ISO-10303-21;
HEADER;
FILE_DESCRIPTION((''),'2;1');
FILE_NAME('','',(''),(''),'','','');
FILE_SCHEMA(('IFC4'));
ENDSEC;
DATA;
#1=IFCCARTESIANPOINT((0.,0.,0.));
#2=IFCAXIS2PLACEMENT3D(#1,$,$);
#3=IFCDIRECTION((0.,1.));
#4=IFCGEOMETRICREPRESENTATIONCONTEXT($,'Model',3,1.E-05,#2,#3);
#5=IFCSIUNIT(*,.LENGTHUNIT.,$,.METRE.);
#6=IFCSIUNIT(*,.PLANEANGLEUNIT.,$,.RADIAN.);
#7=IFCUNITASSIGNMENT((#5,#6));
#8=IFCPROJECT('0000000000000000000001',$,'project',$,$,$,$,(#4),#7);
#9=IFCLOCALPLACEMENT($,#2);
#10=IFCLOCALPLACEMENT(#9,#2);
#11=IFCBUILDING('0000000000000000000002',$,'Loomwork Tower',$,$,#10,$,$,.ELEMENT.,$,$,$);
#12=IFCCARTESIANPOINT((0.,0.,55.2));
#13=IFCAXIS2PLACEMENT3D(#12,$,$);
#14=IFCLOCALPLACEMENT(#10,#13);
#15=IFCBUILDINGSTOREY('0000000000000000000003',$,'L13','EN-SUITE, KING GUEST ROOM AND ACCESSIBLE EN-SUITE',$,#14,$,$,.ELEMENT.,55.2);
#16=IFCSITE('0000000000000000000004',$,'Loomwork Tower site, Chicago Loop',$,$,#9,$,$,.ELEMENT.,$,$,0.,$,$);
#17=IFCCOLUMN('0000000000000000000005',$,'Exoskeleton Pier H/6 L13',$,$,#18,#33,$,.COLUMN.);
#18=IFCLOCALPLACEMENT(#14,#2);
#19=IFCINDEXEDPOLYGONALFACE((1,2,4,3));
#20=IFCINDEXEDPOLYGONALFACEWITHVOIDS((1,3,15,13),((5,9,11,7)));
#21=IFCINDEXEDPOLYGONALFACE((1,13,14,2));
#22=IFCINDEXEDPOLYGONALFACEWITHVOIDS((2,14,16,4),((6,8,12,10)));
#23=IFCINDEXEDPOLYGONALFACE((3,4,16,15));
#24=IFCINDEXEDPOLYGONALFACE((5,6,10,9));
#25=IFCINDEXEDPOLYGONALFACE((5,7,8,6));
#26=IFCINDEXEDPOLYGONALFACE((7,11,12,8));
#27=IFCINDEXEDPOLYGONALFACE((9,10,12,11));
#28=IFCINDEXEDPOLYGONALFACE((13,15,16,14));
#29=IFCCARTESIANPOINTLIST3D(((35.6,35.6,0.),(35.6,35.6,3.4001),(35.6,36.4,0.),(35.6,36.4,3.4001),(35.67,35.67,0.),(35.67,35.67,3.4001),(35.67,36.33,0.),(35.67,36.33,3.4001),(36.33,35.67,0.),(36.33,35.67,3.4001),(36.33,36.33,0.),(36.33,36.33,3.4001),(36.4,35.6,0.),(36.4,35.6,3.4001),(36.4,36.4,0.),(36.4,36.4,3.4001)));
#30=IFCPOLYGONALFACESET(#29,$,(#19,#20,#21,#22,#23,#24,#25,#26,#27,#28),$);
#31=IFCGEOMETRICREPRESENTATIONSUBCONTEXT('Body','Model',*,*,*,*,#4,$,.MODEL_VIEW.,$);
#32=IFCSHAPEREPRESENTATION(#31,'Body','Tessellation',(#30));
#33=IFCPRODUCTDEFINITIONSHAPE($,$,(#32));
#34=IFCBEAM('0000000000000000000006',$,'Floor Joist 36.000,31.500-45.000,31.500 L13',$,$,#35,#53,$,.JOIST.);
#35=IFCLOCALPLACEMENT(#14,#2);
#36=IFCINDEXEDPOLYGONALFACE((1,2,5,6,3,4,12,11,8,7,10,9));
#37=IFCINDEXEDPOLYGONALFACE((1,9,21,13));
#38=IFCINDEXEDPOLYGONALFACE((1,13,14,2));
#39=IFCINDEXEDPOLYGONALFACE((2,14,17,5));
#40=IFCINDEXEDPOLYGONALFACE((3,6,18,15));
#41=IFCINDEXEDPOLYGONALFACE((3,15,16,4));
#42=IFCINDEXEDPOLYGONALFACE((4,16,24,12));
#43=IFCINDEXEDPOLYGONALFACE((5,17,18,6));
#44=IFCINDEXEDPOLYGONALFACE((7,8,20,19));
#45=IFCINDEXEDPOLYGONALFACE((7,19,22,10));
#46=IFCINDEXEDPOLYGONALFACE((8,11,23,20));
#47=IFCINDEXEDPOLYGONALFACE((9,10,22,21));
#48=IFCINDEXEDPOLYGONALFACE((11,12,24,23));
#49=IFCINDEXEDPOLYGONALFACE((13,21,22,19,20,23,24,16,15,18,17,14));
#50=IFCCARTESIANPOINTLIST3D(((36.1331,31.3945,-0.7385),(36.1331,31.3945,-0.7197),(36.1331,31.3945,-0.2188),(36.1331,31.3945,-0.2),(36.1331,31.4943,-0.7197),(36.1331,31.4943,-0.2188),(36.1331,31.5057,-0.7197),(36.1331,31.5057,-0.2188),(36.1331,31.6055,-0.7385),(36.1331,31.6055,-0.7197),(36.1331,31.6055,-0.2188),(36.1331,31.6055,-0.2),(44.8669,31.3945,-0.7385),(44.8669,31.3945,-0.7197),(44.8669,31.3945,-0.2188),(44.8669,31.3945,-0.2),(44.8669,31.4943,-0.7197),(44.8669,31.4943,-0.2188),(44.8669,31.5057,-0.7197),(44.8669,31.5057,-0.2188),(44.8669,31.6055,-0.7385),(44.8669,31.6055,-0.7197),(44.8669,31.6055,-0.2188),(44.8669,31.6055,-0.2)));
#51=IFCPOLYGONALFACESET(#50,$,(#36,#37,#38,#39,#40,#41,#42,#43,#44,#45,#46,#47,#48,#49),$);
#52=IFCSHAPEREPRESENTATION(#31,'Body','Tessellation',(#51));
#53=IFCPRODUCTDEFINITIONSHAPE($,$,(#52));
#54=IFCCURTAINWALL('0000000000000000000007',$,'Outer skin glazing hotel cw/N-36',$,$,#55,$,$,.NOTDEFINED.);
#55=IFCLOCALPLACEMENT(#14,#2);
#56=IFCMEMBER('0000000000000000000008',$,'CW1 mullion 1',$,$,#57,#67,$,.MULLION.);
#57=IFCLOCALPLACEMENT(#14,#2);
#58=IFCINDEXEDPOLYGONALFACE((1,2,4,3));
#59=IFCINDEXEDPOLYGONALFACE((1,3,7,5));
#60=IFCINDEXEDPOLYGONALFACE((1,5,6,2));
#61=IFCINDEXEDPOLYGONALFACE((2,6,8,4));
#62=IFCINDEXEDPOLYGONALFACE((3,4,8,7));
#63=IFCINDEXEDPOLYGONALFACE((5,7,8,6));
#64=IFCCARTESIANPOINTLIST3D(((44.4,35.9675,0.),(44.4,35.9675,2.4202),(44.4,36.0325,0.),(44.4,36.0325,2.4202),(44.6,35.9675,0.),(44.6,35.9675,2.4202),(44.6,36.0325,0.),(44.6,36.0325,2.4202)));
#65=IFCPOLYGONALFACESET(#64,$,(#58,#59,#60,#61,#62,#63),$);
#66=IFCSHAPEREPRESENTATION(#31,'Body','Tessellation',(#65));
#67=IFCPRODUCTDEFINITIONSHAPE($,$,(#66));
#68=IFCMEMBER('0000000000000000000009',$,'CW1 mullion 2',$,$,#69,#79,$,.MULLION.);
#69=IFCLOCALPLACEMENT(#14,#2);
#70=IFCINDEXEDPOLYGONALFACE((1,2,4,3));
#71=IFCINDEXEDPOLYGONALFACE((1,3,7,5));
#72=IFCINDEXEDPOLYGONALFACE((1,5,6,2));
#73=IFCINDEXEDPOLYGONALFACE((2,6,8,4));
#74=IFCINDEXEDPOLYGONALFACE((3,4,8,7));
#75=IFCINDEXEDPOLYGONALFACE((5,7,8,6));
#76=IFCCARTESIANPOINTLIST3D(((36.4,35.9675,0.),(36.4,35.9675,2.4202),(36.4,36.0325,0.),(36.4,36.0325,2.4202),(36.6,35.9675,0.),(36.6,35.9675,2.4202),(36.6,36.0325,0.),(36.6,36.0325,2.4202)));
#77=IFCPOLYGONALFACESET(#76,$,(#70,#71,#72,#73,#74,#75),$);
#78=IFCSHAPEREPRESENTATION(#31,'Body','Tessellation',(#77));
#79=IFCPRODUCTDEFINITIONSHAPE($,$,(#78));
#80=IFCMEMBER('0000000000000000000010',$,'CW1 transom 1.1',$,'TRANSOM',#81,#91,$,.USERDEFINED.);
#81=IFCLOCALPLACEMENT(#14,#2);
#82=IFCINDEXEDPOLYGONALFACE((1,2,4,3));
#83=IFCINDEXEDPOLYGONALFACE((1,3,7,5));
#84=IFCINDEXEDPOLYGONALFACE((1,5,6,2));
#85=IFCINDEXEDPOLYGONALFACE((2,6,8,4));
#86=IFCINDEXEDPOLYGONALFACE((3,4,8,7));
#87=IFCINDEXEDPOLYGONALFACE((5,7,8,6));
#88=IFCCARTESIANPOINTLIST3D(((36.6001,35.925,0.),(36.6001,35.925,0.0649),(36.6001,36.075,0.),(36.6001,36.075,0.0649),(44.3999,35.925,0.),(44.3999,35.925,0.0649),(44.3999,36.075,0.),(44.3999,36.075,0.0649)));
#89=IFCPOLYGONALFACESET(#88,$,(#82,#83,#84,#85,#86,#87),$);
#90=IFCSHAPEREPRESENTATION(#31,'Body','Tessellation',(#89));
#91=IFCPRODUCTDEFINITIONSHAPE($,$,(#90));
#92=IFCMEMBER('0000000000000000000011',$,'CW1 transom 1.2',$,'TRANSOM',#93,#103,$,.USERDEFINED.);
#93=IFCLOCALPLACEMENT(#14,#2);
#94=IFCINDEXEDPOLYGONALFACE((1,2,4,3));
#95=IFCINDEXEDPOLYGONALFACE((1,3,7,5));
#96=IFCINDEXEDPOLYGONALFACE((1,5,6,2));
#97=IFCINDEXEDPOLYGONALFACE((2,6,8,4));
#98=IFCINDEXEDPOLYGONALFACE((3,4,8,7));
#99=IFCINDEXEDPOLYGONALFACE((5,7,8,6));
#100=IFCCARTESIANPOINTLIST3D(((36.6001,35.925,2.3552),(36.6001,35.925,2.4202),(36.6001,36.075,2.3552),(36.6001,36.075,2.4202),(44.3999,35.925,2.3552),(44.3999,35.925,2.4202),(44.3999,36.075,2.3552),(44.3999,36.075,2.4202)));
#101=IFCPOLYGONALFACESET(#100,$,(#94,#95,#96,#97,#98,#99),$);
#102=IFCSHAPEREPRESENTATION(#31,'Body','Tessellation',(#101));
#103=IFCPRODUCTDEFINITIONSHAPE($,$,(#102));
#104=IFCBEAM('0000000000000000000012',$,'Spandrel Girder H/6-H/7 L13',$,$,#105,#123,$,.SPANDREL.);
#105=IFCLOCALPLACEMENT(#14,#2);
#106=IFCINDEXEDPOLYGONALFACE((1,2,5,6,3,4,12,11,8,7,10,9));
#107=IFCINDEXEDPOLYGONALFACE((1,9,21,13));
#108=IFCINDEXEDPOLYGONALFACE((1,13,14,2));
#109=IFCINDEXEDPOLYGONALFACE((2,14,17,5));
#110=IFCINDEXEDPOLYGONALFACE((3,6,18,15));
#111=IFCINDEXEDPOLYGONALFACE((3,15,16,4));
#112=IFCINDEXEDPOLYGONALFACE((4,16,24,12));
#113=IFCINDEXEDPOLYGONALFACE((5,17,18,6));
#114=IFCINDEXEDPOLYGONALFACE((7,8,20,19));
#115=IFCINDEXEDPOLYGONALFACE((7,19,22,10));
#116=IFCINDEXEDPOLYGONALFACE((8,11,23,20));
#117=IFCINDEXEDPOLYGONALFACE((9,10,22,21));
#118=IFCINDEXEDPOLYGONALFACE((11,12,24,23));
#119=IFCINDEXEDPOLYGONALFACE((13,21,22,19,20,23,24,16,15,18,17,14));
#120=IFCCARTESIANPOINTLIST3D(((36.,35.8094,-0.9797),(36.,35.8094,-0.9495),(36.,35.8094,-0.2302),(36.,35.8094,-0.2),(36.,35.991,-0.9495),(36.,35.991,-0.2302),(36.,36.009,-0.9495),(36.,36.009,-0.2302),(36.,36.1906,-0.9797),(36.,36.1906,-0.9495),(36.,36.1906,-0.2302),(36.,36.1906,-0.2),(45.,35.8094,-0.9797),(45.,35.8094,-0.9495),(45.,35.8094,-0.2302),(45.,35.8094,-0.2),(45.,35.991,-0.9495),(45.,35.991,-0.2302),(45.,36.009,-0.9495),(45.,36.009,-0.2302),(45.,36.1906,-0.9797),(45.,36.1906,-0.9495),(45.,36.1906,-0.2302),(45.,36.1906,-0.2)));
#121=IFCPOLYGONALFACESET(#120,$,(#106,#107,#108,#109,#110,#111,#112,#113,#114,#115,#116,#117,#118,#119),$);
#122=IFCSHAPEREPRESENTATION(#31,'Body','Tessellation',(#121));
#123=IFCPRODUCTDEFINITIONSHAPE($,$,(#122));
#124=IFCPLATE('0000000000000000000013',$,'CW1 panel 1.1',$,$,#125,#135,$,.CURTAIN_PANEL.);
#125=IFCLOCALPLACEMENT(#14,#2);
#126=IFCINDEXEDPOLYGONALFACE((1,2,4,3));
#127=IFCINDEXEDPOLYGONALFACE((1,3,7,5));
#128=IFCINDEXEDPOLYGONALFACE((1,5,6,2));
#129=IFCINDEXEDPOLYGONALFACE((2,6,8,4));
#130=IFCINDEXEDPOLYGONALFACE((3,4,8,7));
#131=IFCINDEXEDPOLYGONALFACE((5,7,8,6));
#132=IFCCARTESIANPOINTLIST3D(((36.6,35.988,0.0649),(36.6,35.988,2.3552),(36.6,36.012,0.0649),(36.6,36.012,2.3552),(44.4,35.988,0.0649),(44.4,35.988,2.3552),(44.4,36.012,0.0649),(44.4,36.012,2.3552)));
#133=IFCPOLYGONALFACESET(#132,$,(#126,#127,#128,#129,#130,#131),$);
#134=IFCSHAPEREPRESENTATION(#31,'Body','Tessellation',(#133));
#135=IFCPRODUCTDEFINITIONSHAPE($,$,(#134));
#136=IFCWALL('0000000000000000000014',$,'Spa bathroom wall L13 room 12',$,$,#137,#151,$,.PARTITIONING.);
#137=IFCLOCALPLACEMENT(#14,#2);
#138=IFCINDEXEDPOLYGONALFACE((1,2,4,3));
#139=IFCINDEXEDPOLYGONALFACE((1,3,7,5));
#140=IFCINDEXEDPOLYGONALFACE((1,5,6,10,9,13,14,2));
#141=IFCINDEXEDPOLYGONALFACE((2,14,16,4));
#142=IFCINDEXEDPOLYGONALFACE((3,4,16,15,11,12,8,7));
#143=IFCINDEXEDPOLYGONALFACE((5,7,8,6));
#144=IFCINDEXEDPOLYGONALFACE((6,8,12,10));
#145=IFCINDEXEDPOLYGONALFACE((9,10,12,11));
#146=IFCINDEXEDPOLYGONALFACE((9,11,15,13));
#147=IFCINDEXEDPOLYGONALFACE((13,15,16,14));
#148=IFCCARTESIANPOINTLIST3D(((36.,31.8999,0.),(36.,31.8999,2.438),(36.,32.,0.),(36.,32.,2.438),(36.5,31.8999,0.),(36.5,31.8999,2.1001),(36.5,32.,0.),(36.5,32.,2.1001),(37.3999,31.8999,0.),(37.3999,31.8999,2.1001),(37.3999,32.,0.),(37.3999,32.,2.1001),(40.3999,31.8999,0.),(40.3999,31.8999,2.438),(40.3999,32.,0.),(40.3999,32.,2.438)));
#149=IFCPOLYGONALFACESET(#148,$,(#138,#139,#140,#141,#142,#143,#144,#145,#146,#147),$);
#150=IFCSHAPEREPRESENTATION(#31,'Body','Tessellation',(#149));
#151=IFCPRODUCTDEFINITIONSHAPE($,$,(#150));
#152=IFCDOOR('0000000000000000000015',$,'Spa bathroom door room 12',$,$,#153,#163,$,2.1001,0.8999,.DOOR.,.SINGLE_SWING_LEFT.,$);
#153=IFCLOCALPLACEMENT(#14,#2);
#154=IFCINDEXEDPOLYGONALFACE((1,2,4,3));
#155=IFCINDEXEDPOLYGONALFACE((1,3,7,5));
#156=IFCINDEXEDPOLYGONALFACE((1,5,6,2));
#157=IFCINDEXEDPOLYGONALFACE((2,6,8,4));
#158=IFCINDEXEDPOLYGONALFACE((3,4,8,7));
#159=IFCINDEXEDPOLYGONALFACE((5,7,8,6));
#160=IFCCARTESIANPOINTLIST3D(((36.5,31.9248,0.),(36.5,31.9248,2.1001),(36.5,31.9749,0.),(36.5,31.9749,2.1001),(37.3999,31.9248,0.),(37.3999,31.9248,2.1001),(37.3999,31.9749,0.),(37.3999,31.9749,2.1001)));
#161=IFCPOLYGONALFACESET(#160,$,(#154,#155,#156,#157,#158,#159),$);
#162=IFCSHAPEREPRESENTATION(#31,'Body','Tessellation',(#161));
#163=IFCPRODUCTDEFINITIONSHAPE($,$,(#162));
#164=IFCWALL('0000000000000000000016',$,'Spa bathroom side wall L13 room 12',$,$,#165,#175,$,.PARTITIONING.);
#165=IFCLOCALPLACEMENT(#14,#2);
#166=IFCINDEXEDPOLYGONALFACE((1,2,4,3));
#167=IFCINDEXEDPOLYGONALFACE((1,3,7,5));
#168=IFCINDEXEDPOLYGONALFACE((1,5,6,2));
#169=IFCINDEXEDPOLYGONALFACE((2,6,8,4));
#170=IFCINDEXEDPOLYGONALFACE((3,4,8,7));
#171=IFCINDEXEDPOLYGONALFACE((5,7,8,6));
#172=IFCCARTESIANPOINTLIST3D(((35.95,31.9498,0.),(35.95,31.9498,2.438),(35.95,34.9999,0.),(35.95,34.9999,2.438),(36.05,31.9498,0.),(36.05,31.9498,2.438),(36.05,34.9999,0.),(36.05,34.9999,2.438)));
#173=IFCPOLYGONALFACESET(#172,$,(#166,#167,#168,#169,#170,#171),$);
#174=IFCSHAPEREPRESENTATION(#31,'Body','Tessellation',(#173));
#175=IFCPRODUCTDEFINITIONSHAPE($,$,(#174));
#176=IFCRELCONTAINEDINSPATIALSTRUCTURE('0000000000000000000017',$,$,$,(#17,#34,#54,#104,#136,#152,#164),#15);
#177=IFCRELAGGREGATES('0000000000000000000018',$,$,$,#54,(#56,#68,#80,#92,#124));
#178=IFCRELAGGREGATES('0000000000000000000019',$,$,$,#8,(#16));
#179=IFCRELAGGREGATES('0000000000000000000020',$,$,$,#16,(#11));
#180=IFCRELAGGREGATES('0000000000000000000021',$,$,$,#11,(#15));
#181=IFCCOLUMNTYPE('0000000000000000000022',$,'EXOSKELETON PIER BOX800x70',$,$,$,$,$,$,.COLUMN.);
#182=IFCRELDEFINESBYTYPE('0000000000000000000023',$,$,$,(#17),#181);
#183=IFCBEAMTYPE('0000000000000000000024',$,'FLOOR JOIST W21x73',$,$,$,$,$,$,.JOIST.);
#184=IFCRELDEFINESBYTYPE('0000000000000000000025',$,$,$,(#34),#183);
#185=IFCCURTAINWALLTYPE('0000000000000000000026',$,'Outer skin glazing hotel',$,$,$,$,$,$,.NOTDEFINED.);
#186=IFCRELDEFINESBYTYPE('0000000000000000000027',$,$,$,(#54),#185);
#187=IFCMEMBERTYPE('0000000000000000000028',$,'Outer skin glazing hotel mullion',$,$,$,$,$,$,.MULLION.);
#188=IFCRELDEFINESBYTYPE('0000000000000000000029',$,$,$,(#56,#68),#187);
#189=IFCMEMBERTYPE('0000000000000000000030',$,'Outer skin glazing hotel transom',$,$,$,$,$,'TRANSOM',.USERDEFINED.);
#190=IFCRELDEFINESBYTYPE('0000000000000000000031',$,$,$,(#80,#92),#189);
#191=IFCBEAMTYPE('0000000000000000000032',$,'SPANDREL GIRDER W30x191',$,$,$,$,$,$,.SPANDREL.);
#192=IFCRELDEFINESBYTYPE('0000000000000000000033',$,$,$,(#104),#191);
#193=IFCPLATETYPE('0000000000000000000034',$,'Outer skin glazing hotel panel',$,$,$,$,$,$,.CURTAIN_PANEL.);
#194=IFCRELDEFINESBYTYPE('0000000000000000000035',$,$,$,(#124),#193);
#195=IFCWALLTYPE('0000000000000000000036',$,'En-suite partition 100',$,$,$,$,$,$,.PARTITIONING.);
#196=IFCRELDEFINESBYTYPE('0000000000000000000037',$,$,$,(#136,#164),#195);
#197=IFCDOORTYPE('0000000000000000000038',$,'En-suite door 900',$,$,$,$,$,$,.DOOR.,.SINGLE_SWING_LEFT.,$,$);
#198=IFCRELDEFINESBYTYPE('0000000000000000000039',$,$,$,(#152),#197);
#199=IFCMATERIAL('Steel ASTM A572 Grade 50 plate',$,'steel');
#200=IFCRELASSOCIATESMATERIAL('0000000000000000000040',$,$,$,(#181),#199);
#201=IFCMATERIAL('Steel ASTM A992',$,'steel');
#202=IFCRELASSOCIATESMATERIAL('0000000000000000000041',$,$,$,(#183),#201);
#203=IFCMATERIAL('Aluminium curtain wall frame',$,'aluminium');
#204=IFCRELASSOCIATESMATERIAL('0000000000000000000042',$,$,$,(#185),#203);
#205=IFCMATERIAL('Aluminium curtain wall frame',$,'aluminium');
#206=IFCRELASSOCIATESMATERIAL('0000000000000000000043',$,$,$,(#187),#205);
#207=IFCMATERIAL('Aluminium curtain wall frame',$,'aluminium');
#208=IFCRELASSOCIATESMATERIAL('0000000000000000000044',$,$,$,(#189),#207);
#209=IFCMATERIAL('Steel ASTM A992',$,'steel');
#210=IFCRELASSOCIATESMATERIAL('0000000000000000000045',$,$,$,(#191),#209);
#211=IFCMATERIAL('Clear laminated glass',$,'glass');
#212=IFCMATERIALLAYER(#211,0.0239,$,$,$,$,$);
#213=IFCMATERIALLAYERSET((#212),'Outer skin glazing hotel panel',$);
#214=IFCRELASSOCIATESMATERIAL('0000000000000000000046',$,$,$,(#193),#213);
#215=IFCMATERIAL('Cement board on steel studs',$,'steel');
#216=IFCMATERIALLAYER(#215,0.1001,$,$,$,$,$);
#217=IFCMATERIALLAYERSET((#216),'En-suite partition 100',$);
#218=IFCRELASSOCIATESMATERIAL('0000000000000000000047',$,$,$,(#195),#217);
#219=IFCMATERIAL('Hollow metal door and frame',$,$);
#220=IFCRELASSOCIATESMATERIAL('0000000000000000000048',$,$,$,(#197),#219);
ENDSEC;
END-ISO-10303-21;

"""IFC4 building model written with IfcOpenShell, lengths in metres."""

from ifc_helpers import new_model, si_unit, direction, frame, frame_2d, origin, origin_2d, place, context, subcontext, project, spatial, rectangle, hollow_rectangle, i_section, extrude, material, layer, layer_set, material_profile, profile_set, type_object, element, fill, aggregate, save


model = new_model("IFC4")

# Units and contexts
model_context = context("Model", 3, precision=1e-05, world=origin(), true_north=direction((0.0, 1.0)))
body_context = subcontext(model_context, "Body", "Model", "MODEL_VIEW")
ifc_project = project(units=[si_unit("LENGTHUNIT", "METRE"), si_unit("PLANEANGLEUNIT", "RADIAN")], contexts=[model_context])

# Site, building, storey
site_placement = place(None, origin())
site = spatial("IfcSite", under=ifc_project, at=site_placement, Name="Loomwork Tower site, Chicago Loop", CompositionType="ELEMENT", RefElevation=0.0)
building_placement = place(site_placement, origin())
building = spatial("IfcBuilding", under=site, at=building_placement, Name="Loomwork Tower", CompositionType="ELEMENT")
storey_placement = place(building_placement, frame((0.0, 0.0, 55.2)))
storey = spatial("IfcBuildingStorey", under=building, at=storey_placement, Name="L13", Description="EN-SUITE, KING GUEST ROOM AND ACCESSIBLE EN-SUITE", CompositionType="ELEMENT", Elevation=55.2)

# Column
ifc_material_1 = material(Name="Steel ASTM A572 Grade 50 plate", Category="steel")
ifc_material_profile_1 = material_profile(ifc_material_1, hollow_rectangle(XDim=0.8, YDim=0.8, WallThickness=0.0701, at=origin_2d()), Name="BOX800x70")
ifc_profile_set_1 = profile_set([ifc_material_profile_1], Name="Steel ASTM A572 Grade 50 plate")
column_type = type_object("IfcColumnType", Name="EXOSKELETON PIER BOX800x70", PredefinedType="COLUMN", material=ifc_profile_set_1)
column_placement = place(storey_placement, frame((36.0, 36.0, 0.0), z_axis=(0.0, 0.0, 1.0), x_axis=(1.0, 0.0, 0.0)))
element("IfcColumn", 1, at=column_placement, inside=storey, type_object=column_type, Name="Exoskeleton Pier H/6 L13", PredefinedType="COLUMN", context=body_context, shape_type="SweptSolid", body=[
    extrude(hollow_rectangle(XDim=0.8, YDim=0.8, WallThickness=0.0701, at=origin_2d()), origin(), (0.0, 0.0, 1.0), 3.4001),
])

# Beam
ifc_material_2 = material(Name="Steel ASTM A992", Category="steel")
ifc_material_profile_2 = material_profile(ifc_material_2, i_section(OverallWidth=0.2109, OverallDepth=0.5386, WebThickness=0.0115, FlangeThickness=0.0188, at=origin_2d()), Name="W21x73")
ifc_profile_set_2 = profile_set([ifc_material_profile_2], Name="Steel ASTM A992")
beam_type_1 = type_object("IfcBeamType", Name="FLOOR JOIST W21x73", PredefinedType="JOIST", material=ifc_profile_set_2)
beam_1_placement = place(storey_placement, frame((36.1331, 31.5, -0.4692), z_axis=(1.0, 0.0, 0.0), x_axis=(0.0, 1.0, 0.0)))
element("IfcBeam", 2, at=beam_1_placement, inside=storey, type_object=beam_type_1, Name="Floor Joist 36.000,31.500-45.000,31.500 L13", PredefinedType="JOIST", context=body_context, shape_type="SweptSolid", body=[
    extrude(i_section(OverallWidth=0.2109, OverallDepth=0.5386, WebThickness=0.0115, FlangeThickness=0.0188, at=origin_2d()), origin(), (0.0, 0.0, 1.0), 8.7339),
])

# Curtain wall, members
ifc_material_3 = material(Name="Aluminium curtain wall frame", Category="aluminium")
curtain_wall_type = type_object("IfcCurtainWallType", Name="Outer skin glazing hotel", PredefinedType="NOTDEFINED", material=ifc_material_3)
curtain_wall_placement = place(storey_placement, origin())
curtain_wall = element("IfcCurtainWall", 3, at=curtain_wall_placement, inside=storey, type_object=curtain_wall_type, Name="Outer skin glazing hotel cw/N-36", PredefinedType="NOTDEFINED")
ifc_material_4 = material(Name="Aluminium curtain wall frame", Category="aluminium")
ifc_material_profile_3 = material_profile(ifc_material_4, rectangle(XDim=0.0649, YDim=0.2, at=origin_2d()), Name="AL 65x200")
ifc_profile_set_3 = profile_set([ifc_material_profile_3], Name="Aluminium curtain wall frame")
member_type_1 = type_object("IfcMemberType", Name="Outer skin glazing hotel mullion", PredefinedType="MULLION", material=ifc_profile_set_3)
member_1_placement = place(storey_placement, frame((44.5, 36.0, 0.0), z_axis=(0.0, 0.0, 1.0), x_axis=(0.0, -1.0, 0.0)))
member_1 = element("IfcMember", 4, at=member_1_placement, type_object=member_type_1, Name="CW1 mullion 1", PredefinedType="MULLION", context=body_context, shape_type="SweptSolid", body=[
    extrude(rectangle(XDim=0.0649, YDim=0.2, at=origin_2d()), origin(), (0.0, 0.0, 1.0), 2.4202),
])
member_2_placement = place(storey_placement, frame((36.5, 36.0, 0.0), z_axis=(0.0, 0.0, 1.0), x_axis=(0.0, -1.0, 0.0)))
member_2 = element("IfcMember", 5, at=member_2_placement, type_object=member_type_1, Name="CW1 mullion 2", PredefinedType="MULLION", context=body_context, shape_type="SweptSolid", body=[
    extrude(rectangle(XDim=0.0649, YDim=0.2, at=origin_2d()), origin(), (0.0, 0.0, 1.0), 2.4202),
])
ifc_material_5 = material(Name="Aluminium curtain wall frame", Category="aluminium")
ifc_material_profile_4 = material_profile(ifc_material_5, rectangle(XDim=0.1499, YDim=0.0649, at=origin_2d()), Name="AL 65x150")
ifc_profile_set_4 = profile_set([ifc_material_profile_4], Name="Aluminium curtain wall frame")
member_type_2 = type_object("IfcMemberType", Name="Outer skin glazing hotel transom", ElementType="TRANSOM", PredefinedType="USERDEFINED", material=ifc_profile_set_4)
member_3_placement = place(storey_placement, frame((44.3999, 36.0, 0.0325), z_axis=(-1.0, 0.0, 0.0), x_axis=(0.0, -1.0, 0.0)))
member_3 = element("IfcMember", 6, at=member_3_placement, type_object=member_type_2, Name="CW1 transom 1.1", ObjectType="TRANSOM", PredefinedType="USERDEFINED", context=body_context, shape_type="SweptSolid", body=[
    extrude(rectangle(XDim=0.1499, YDim=0.0649, at=origin_2d()), origin(), (0.0, 0.0, 1.0), 7.7998),
])
member_4_placement = place(storey_placement, frame((44.3999, 36.0, 2.3877), z_axis=(-1.0, 0.0, 0.0), x_axis=(0.0, -1.0, 0.0)))
member_4 = element("IfcMember", 7, at=member_4_placement, type_object=member_type_2, Name="CW1 transom 1.2", ObjectType="TRANSOM", PredefinedType="USERDEFINED", context=body_context, shape_type="SweptSolid", body=[
    extrude(rectangle(XDim=0.1499, YDim=0.0649, at=origin_2d()), origin(), (0.0, 0.0, 1.0), 7.7998),
])

# Beam
ifc_material_6 = material(Name="Steel ASTM A992", Category="steel")
ifc_material_profile_5 = material_profile(ifc_material_6, i_section(OverallWidth=0.3811, OverallDepth=0.7798, WebThickness=0.0181, FlangeThickness=0.0303, at=origin_2d()), Name="W30x191")
ifc_profile_set_5 = profile_set([ifc_material_profile_5], Name="Steel ASTM A992")
beam_type_2 = type_object("IfcBeamType", Name="SPANDREL GIRDER W30x191", PredefinedType="SPANDREL", material=ifc_profile_set_5)
beam_2_placement = place(storey_placement, frame((36.0, 36.0, -0.5898), z_axis=(1.0, 0.0, 0.0), x_axis=(0.0, 1.0, 0.0)))
element("IfcBeam", 8, at=beam_2_placement, inside=storey, type_object=beam_type_2, Name="Spandrel Girder H/6-H/7 L13", PredefinedType="SPANDREL", context=body_context, shape_type="SweptSolid", body=[
    extrude(i_section(OverallWidth=0.3811, OverallDepth=0.7798, WebThickness=0.0181, FlangeThickness=0.0303, at=origin_2d()), origin(), (0.0, 0.0, 1.0), 9.0),
])

# Plate
ifc_material_7 = material(Name="Clear laminated glass", Category="glass")
ifc_layer_1 = layer(ifc_material_7, 0.0239)
ifc_layer_set_1 = layer_set([ifc_layer_1], Name="Outer skin glazing hotel panel")
plate_type = type_object("IfcPlateType", Name="Outer skin glazing hotel panel", PredefinedType="CURTAIN_PANEL", material=ifc_layer_set_1)
plate_placement = place(storey_placement, frame((40.5, 36.0, 0.0649), z_axis=(0.0, 0.0, 1.0), x_axis=(-1.0, 0.0, 0.0)))
plate = element("IfcPlate", 9, at=plate_placement, type_object=plate_type, Name="CW1 panel 1.1", PredefinedType="CURTAIN_PANEL", context=body_context, shape_type="SweptSolid", body=[
    extrude(rectangle(XDim=7.8, YDim=0.0239, at=origin_2d()), origin(), (0.0, 0.0, 1.0), 2.2903),
])
aggregate(curtain_wall, [member_1, member_2, member_3, member_4, plate])

# Wall, opening, door
ifc_material_8 = material(Name="Cement board on steel studs", Category="steel")
ifc_layer_2 = layer(ifc_material_8, 0.1001)
ifc_layer_set_2 = layer_set([ifc_layer_2], Name="En-suite partition 100")
wall_type_1 = type_object("IfcWallType", Name="En-suite partition 100", PredefinedType="PARTITIONING", material=ifc_layer_set_2)
wall_1_placement = place(storey_placement, frame((36.0, 31.95, 0.0), z_axis=(0.0, 0.0, 1.0), x_axis=(1.0, 0.0, 0.0)))
wall_1 = element("IfcWall", 10, at=wall_1_placement, inside=storey, type_object=wall_type_1, Name="Spa bathroom wall L13 room 12", PredefinedType="PARTITIONING", context=body_context, shape_type="SweptSolid", body=[
    extrude(rectangle(XDim=4.3999, YDim=0.1001, at=frame_2d((2.2, 0.0))), origin(), (0.0, 0.0, 1.0), 2.438),
])
opening_1_placement = place(wall_1_placement, frame((0.5, 0.0, 0.0)))
opening_1 = element("IfcOpeningElement", 11, at=opening_1_placement, cuts=wall_1, PredefinedType="OPENING", context=body_context, shape_type="SweptSolid", body=[
    extrude(rectangle(XDim=0.8999, YDim=2.1001, at=frame_2d((0.45, 1.05))), frame((0.0, 0.0601, 0.0), z_axis=(0.0, -1.0, 0.0), x_axis=(1.0, 0.0, 0.0)), (0.0, 0.0, 1.0), 0.1201),
])
ifc_material_9 = material(Name="Hollow metal door and frame")
door_type = type_object("IfcDoorType", Name="En-suite door 900", OperationType="SINGLE_SWING_LEFT", PredefinedType="DOOR", material=ifc_material_9)
door_placement = place(opening_1_placement, origin())
door = element("IfcDoor", 12, at=door_placement, inside=storey, type_object=door_type, Name="Spa bathroom door room 12", OperationType="SINGLE_SWING_LEFT", OverallHeight=2.1001, OverallWidth=0.8999, PredefinedType="DOOR", context=body_context, shape_type="SweptSolid", body=[
    extrude(rectangle(XDim=0.8999, YDim=2.1001, at=frame_2d((0.45, 1.05))), frame((0.0, 0.0249, 0.0), z_axis=(0.0, -1.0, 0.0), x_axis=(1.0, 0.0, 0.0)), (0.0, 0.0, 1.0), 0.05),
])
fill(opening_1, door)

# Wall
wall_2_placement = place(storey_placement, frame((36.0, 31.95, 0.0), z_axis=(0.0, 0.0, 1.0), x_axis=(0.0, 1.0, 0.0)))
element("IfcWall", 13, at=wall_2_placement, inside=storey, type_object=wall_type_1, Name="Spa bathroom side wall L13 room 12", PredefinedType="PARTITIONING", context=body_context, shape_type="SweptSolid", body=[
    extrude(rectangle(XDim=3.05, YDim=0.1001, at=frame_2d((1.5249, 0.0))), origin(), (0.0, 0.0, 1.0), 2.438),
])

save(model, "model.ifc")
